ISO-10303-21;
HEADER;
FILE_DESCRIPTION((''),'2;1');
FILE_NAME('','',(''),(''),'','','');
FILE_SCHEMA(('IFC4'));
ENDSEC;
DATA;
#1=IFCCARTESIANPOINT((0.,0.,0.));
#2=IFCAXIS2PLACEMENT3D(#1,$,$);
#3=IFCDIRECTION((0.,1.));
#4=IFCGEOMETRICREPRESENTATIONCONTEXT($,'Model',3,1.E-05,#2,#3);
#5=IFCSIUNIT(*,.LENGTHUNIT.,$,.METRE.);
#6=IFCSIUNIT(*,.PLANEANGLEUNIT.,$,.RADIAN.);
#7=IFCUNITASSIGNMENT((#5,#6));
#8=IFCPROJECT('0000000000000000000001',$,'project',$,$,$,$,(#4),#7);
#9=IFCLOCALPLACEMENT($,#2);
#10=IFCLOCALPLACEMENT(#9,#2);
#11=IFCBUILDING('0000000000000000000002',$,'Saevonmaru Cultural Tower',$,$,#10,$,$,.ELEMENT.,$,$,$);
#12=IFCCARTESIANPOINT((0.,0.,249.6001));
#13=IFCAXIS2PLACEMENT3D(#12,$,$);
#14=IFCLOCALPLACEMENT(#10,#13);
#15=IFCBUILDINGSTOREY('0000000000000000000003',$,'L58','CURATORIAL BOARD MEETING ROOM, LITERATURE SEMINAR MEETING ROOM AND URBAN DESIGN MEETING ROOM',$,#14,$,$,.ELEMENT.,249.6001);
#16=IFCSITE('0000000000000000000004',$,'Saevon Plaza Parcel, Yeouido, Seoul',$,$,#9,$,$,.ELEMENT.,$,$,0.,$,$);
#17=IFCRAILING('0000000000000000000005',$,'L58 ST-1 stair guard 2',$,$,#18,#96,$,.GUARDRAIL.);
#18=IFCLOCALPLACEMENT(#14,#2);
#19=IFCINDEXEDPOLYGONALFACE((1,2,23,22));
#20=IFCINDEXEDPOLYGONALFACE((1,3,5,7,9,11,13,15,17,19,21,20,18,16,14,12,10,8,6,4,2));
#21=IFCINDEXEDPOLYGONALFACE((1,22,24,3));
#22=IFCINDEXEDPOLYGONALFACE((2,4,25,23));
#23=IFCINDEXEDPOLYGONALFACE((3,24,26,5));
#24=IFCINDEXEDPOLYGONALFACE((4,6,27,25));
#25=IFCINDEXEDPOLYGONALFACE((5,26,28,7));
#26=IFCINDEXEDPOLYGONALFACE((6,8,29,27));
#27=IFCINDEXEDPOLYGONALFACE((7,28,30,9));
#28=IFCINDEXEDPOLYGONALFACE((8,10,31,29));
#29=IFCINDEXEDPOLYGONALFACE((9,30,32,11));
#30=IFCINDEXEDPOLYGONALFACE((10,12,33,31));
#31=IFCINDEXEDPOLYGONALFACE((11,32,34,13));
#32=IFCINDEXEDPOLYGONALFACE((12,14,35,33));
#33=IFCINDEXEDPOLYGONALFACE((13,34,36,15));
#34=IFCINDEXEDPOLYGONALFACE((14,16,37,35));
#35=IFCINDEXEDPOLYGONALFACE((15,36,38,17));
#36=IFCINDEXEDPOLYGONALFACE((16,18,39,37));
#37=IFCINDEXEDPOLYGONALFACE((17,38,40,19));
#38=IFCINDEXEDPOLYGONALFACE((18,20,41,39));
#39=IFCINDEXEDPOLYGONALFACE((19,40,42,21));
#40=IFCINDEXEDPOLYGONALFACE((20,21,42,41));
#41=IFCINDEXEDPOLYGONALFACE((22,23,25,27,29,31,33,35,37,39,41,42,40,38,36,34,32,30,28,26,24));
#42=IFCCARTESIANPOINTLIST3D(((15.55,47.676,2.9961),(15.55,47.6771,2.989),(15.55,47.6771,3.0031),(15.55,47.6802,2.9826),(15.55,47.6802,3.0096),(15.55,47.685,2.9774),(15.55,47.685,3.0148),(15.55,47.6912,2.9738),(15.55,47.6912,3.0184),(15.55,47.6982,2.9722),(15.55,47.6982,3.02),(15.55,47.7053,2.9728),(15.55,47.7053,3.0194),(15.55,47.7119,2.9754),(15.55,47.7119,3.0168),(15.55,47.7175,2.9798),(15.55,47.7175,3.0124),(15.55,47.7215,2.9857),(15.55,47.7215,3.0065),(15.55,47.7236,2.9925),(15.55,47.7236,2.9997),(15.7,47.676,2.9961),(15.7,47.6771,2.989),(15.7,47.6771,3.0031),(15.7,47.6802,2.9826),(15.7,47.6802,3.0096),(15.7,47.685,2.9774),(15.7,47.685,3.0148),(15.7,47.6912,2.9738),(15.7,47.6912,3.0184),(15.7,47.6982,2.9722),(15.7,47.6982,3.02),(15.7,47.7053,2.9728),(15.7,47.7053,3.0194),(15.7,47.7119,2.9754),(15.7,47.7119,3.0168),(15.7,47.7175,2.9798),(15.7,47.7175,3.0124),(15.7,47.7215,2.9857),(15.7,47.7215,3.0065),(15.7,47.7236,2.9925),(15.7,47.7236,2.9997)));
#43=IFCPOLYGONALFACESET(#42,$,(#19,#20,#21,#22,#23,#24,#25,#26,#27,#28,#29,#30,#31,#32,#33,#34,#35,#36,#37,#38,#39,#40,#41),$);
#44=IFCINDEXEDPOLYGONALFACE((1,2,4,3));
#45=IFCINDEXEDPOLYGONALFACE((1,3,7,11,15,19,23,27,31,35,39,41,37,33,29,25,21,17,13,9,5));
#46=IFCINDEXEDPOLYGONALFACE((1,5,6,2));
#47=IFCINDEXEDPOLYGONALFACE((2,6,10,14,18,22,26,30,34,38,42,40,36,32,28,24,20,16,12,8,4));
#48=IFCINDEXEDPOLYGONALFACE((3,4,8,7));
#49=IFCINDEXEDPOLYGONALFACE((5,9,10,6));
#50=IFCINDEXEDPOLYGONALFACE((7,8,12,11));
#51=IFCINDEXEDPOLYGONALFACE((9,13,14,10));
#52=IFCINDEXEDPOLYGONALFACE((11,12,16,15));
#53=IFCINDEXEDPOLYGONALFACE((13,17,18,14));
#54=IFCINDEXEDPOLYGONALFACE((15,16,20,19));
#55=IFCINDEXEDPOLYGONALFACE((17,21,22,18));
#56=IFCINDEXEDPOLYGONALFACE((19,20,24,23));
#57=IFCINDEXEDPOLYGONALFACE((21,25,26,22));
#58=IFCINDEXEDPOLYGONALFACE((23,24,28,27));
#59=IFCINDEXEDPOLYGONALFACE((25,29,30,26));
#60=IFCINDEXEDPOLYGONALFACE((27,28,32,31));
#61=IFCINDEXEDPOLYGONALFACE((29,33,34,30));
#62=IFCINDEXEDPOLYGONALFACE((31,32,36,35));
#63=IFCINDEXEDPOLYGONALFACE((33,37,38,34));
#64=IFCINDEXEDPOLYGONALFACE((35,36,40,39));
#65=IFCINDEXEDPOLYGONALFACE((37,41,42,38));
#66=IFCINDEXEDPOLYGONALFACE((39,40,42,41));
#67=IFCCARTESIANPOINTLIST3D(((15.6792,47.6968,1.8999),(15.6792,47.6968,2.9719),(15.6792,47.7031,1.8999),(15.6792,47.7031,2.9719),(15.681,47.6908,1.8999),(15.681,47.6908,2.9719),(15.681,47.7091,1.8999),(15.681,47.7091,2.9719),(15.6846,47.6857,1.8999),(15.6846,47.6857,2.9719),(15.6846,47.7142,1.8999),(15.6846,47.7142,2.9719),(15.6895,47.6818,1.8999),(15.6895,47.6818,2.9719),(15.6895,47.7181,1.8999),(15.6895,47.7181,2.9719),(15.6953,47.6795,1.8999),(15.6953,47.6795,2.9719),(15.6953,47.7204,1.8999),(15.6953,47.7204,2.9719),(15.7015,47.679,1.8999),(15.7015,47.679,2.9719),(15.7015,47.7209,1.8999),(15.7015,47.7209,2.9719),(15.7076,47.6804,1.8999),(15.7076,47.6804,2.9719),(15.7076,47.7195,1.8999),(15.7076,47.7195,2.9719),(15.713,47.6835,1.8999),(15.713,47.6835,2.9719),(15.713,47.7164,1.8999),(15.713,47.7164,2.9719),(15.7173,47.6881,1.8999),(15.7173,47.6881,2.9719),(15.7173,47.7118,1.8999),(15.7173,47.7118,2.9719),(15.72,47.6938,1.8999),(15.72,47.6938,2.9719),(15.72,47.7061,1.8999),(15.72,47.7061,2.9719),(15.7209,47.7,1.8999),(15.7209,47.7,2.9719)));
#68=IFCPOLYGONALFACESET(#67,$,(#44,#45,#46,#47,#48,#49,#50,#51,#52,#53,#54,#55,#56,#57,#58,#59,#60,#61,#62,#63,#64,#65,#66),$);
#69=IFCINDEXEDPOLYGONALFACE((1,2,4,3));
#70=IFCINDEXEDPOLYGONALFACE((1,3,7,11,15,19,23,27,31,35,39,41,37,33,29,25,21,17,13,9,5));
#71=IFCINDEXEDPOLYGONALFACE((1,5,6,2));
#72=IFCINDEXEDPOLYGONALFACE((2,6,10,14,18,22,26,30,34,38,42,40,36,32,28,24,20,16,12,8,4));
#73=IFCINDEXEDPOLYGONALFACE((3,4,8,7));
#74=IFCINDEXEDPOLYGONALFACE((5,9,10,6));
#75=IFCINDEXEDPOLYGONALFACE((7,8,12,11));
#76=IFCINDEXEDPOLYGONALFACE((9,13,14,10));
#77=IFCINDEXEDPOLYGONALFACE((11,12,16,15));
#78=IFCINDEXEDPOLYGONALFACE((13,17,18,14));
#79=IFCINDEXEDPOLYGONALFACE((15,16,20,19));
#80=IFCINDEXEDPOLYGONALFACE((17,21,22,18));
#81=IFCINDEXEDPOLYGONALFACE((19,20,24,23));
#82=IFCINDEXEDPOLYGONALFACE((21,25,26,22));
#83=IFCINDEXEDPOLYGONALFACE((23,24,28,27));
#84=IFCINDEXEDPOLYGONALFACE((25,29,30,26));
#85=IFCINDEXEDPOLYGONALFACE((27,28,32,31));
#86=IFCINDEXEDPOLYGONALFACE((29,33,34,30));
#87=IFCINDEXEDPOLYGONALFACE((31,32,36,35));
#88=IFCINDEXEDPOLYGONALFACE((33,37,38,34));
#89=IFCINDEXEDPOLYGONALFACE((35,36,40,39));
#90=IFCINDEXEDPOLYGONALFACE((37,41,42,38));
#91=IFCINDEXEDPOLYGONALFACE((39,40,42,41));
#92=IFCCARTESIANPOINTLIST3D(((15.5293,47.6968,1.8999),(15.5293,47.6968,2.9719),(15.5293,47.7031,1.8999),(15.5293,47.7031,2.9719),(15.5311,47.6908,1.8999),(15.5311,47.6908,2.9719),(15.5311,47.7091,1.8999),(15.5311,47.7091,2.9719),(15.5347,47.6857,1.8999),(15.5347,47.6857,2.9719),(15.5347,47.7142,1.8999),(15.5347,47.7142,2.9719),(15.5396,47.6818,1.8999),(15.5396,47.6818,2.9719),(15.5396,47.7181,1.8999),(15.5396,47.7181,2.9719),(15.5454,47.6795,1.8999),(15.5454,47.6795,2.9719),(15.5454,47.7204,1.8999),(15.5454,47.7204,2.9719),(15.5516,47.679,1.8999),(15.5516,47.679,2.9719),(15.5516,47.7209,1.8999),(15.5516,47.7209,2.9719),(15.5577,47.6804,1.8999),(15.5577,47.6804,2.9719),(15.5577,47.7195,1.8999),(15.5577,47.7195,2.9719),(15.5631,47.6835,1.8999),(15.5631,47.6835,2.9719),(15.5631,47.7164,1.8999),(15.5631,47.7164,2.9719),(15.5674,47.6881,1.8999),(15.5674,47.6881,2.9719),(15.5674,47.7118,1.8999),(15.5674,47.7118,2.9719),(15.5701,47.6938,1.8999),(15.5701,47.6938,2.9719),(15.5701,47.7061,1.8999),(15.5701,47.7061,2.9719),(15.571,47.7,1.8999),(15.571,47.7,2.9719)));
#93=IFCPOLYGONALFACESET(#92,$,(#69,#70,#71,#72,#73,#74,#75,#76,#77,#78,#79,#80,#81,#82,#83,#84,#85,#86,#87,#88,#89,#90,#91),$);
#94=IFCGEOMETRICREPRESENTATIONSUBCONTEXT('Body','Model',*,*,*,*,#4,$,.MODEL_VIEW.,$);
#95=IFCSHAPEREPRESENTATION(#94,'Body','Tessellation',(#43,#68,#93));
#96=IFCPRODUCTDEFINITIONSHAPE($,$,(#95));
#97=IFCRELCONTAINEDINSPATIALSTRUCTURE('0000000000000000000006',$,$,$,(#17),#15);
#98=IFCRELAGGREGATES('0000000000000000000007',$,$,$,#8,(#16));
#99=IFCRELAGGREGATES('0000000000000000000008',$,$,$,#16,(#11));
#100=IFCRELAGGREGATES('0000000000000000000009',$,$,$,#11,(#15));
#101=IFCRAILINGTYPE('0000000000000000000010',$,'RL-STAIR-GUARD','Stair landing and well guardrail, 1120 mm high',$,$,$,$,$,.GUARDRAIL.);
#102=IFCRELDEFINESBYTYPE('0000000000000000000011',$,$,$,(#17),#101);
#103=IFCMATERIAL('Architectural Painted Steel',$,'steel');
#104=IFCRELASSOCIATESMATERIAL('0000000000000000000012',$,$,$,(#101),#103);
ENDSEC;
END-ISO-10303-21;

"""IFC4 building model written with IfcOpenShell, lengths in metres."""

from ifc_helpers import new_model, si_unit, direction, frame, origin, origin_2d, place, context, subcontext, project, spatial, circle, extrude, material, type_object, element, save


model = new_model("IFC4")

# Units and contexts
model_context = context("Model", 3, precision=1e-05, world=origin(), true_north=direction((0.0, 1.0)))
body_context = subcontext(model_context, "Body", "Model", "MODEL_VIEW")
ifc_project = project(units=[si_unit("LENGTHUNIT", "METRE"), si_unit("PLANEANGLEUNIT", "RADIAN")], contexts=[model_context])

# Site, building, storey
site_placement = place(None, origin())
site = spatial("IfcSite", under=ifc_project, at=site_placement, Name="Saevon Plaza Parcel, Yeouido, Seoul", CompositionType="ELEMENT", RefElevation=0.0)
building_placement = place(site_placement, origin())
building = spatial("IfcBuilding", under=site, at=building_placement, Name="Saevonmaru Cultural Tower", CompositionType="ELEMENT")
storey_placement = place(building_placement, frame((0.0, 0.0, 249.6001)))
storey = spatial("IfcBuildingStorey", under=building, at=storey_placement, Name="L58", Description="CURATORIAL BOARD MEETING ROOM, LITERATURE SEMINAR MEETING ROOM AND URBAN DESIGN MEETING ROOM", CompositionType="ELEMENT", Elevation=249.6001)

# Railing
ifc_material_1 = material(Name="Architectural Painted Steel", Category="steel")
railing_type_1 = type_object("IfcRailingType", Name="RL-STAIR-GUARD", Description="Stair landing and well guardrail, 1120 mm high", PredefinedType="GUARDRAIL", material=ifc_material_1)
railing_1_placement = place(storey_placement, frame((15.7, 47.7, 1.8999)))
element("IfcRailing", 1, at=railing_1_placement, inside=storey, type_object=railing_type_1, Name="L58 ST-1 stair guard 2", PredefinedType="GUARDRAIL", context=body_context, shape_type="SweptSolid", body=[
    extrude(circle(Radius=0.0239, at=origin_2d()), frame((0.0, 0.0, 1.0962), z_axis=(-1.0, 0.0, 0.0), x_axis=(0.0, -1.0, 0.0)), (0.0, 0.0, 1.0), 0.1499),
    extrude(circle(Radius=0.021, at=origin_2d()), origin(), (0.0, 0.0, 1.0), 1.072),
    extrude(circle(Radius=0.021, at=origin_2d()), frame((-0.1499, 0.0, 0.0)), (0.0, 0.0, 1.0), 1.072),
])

save(model, "model.ifc")
